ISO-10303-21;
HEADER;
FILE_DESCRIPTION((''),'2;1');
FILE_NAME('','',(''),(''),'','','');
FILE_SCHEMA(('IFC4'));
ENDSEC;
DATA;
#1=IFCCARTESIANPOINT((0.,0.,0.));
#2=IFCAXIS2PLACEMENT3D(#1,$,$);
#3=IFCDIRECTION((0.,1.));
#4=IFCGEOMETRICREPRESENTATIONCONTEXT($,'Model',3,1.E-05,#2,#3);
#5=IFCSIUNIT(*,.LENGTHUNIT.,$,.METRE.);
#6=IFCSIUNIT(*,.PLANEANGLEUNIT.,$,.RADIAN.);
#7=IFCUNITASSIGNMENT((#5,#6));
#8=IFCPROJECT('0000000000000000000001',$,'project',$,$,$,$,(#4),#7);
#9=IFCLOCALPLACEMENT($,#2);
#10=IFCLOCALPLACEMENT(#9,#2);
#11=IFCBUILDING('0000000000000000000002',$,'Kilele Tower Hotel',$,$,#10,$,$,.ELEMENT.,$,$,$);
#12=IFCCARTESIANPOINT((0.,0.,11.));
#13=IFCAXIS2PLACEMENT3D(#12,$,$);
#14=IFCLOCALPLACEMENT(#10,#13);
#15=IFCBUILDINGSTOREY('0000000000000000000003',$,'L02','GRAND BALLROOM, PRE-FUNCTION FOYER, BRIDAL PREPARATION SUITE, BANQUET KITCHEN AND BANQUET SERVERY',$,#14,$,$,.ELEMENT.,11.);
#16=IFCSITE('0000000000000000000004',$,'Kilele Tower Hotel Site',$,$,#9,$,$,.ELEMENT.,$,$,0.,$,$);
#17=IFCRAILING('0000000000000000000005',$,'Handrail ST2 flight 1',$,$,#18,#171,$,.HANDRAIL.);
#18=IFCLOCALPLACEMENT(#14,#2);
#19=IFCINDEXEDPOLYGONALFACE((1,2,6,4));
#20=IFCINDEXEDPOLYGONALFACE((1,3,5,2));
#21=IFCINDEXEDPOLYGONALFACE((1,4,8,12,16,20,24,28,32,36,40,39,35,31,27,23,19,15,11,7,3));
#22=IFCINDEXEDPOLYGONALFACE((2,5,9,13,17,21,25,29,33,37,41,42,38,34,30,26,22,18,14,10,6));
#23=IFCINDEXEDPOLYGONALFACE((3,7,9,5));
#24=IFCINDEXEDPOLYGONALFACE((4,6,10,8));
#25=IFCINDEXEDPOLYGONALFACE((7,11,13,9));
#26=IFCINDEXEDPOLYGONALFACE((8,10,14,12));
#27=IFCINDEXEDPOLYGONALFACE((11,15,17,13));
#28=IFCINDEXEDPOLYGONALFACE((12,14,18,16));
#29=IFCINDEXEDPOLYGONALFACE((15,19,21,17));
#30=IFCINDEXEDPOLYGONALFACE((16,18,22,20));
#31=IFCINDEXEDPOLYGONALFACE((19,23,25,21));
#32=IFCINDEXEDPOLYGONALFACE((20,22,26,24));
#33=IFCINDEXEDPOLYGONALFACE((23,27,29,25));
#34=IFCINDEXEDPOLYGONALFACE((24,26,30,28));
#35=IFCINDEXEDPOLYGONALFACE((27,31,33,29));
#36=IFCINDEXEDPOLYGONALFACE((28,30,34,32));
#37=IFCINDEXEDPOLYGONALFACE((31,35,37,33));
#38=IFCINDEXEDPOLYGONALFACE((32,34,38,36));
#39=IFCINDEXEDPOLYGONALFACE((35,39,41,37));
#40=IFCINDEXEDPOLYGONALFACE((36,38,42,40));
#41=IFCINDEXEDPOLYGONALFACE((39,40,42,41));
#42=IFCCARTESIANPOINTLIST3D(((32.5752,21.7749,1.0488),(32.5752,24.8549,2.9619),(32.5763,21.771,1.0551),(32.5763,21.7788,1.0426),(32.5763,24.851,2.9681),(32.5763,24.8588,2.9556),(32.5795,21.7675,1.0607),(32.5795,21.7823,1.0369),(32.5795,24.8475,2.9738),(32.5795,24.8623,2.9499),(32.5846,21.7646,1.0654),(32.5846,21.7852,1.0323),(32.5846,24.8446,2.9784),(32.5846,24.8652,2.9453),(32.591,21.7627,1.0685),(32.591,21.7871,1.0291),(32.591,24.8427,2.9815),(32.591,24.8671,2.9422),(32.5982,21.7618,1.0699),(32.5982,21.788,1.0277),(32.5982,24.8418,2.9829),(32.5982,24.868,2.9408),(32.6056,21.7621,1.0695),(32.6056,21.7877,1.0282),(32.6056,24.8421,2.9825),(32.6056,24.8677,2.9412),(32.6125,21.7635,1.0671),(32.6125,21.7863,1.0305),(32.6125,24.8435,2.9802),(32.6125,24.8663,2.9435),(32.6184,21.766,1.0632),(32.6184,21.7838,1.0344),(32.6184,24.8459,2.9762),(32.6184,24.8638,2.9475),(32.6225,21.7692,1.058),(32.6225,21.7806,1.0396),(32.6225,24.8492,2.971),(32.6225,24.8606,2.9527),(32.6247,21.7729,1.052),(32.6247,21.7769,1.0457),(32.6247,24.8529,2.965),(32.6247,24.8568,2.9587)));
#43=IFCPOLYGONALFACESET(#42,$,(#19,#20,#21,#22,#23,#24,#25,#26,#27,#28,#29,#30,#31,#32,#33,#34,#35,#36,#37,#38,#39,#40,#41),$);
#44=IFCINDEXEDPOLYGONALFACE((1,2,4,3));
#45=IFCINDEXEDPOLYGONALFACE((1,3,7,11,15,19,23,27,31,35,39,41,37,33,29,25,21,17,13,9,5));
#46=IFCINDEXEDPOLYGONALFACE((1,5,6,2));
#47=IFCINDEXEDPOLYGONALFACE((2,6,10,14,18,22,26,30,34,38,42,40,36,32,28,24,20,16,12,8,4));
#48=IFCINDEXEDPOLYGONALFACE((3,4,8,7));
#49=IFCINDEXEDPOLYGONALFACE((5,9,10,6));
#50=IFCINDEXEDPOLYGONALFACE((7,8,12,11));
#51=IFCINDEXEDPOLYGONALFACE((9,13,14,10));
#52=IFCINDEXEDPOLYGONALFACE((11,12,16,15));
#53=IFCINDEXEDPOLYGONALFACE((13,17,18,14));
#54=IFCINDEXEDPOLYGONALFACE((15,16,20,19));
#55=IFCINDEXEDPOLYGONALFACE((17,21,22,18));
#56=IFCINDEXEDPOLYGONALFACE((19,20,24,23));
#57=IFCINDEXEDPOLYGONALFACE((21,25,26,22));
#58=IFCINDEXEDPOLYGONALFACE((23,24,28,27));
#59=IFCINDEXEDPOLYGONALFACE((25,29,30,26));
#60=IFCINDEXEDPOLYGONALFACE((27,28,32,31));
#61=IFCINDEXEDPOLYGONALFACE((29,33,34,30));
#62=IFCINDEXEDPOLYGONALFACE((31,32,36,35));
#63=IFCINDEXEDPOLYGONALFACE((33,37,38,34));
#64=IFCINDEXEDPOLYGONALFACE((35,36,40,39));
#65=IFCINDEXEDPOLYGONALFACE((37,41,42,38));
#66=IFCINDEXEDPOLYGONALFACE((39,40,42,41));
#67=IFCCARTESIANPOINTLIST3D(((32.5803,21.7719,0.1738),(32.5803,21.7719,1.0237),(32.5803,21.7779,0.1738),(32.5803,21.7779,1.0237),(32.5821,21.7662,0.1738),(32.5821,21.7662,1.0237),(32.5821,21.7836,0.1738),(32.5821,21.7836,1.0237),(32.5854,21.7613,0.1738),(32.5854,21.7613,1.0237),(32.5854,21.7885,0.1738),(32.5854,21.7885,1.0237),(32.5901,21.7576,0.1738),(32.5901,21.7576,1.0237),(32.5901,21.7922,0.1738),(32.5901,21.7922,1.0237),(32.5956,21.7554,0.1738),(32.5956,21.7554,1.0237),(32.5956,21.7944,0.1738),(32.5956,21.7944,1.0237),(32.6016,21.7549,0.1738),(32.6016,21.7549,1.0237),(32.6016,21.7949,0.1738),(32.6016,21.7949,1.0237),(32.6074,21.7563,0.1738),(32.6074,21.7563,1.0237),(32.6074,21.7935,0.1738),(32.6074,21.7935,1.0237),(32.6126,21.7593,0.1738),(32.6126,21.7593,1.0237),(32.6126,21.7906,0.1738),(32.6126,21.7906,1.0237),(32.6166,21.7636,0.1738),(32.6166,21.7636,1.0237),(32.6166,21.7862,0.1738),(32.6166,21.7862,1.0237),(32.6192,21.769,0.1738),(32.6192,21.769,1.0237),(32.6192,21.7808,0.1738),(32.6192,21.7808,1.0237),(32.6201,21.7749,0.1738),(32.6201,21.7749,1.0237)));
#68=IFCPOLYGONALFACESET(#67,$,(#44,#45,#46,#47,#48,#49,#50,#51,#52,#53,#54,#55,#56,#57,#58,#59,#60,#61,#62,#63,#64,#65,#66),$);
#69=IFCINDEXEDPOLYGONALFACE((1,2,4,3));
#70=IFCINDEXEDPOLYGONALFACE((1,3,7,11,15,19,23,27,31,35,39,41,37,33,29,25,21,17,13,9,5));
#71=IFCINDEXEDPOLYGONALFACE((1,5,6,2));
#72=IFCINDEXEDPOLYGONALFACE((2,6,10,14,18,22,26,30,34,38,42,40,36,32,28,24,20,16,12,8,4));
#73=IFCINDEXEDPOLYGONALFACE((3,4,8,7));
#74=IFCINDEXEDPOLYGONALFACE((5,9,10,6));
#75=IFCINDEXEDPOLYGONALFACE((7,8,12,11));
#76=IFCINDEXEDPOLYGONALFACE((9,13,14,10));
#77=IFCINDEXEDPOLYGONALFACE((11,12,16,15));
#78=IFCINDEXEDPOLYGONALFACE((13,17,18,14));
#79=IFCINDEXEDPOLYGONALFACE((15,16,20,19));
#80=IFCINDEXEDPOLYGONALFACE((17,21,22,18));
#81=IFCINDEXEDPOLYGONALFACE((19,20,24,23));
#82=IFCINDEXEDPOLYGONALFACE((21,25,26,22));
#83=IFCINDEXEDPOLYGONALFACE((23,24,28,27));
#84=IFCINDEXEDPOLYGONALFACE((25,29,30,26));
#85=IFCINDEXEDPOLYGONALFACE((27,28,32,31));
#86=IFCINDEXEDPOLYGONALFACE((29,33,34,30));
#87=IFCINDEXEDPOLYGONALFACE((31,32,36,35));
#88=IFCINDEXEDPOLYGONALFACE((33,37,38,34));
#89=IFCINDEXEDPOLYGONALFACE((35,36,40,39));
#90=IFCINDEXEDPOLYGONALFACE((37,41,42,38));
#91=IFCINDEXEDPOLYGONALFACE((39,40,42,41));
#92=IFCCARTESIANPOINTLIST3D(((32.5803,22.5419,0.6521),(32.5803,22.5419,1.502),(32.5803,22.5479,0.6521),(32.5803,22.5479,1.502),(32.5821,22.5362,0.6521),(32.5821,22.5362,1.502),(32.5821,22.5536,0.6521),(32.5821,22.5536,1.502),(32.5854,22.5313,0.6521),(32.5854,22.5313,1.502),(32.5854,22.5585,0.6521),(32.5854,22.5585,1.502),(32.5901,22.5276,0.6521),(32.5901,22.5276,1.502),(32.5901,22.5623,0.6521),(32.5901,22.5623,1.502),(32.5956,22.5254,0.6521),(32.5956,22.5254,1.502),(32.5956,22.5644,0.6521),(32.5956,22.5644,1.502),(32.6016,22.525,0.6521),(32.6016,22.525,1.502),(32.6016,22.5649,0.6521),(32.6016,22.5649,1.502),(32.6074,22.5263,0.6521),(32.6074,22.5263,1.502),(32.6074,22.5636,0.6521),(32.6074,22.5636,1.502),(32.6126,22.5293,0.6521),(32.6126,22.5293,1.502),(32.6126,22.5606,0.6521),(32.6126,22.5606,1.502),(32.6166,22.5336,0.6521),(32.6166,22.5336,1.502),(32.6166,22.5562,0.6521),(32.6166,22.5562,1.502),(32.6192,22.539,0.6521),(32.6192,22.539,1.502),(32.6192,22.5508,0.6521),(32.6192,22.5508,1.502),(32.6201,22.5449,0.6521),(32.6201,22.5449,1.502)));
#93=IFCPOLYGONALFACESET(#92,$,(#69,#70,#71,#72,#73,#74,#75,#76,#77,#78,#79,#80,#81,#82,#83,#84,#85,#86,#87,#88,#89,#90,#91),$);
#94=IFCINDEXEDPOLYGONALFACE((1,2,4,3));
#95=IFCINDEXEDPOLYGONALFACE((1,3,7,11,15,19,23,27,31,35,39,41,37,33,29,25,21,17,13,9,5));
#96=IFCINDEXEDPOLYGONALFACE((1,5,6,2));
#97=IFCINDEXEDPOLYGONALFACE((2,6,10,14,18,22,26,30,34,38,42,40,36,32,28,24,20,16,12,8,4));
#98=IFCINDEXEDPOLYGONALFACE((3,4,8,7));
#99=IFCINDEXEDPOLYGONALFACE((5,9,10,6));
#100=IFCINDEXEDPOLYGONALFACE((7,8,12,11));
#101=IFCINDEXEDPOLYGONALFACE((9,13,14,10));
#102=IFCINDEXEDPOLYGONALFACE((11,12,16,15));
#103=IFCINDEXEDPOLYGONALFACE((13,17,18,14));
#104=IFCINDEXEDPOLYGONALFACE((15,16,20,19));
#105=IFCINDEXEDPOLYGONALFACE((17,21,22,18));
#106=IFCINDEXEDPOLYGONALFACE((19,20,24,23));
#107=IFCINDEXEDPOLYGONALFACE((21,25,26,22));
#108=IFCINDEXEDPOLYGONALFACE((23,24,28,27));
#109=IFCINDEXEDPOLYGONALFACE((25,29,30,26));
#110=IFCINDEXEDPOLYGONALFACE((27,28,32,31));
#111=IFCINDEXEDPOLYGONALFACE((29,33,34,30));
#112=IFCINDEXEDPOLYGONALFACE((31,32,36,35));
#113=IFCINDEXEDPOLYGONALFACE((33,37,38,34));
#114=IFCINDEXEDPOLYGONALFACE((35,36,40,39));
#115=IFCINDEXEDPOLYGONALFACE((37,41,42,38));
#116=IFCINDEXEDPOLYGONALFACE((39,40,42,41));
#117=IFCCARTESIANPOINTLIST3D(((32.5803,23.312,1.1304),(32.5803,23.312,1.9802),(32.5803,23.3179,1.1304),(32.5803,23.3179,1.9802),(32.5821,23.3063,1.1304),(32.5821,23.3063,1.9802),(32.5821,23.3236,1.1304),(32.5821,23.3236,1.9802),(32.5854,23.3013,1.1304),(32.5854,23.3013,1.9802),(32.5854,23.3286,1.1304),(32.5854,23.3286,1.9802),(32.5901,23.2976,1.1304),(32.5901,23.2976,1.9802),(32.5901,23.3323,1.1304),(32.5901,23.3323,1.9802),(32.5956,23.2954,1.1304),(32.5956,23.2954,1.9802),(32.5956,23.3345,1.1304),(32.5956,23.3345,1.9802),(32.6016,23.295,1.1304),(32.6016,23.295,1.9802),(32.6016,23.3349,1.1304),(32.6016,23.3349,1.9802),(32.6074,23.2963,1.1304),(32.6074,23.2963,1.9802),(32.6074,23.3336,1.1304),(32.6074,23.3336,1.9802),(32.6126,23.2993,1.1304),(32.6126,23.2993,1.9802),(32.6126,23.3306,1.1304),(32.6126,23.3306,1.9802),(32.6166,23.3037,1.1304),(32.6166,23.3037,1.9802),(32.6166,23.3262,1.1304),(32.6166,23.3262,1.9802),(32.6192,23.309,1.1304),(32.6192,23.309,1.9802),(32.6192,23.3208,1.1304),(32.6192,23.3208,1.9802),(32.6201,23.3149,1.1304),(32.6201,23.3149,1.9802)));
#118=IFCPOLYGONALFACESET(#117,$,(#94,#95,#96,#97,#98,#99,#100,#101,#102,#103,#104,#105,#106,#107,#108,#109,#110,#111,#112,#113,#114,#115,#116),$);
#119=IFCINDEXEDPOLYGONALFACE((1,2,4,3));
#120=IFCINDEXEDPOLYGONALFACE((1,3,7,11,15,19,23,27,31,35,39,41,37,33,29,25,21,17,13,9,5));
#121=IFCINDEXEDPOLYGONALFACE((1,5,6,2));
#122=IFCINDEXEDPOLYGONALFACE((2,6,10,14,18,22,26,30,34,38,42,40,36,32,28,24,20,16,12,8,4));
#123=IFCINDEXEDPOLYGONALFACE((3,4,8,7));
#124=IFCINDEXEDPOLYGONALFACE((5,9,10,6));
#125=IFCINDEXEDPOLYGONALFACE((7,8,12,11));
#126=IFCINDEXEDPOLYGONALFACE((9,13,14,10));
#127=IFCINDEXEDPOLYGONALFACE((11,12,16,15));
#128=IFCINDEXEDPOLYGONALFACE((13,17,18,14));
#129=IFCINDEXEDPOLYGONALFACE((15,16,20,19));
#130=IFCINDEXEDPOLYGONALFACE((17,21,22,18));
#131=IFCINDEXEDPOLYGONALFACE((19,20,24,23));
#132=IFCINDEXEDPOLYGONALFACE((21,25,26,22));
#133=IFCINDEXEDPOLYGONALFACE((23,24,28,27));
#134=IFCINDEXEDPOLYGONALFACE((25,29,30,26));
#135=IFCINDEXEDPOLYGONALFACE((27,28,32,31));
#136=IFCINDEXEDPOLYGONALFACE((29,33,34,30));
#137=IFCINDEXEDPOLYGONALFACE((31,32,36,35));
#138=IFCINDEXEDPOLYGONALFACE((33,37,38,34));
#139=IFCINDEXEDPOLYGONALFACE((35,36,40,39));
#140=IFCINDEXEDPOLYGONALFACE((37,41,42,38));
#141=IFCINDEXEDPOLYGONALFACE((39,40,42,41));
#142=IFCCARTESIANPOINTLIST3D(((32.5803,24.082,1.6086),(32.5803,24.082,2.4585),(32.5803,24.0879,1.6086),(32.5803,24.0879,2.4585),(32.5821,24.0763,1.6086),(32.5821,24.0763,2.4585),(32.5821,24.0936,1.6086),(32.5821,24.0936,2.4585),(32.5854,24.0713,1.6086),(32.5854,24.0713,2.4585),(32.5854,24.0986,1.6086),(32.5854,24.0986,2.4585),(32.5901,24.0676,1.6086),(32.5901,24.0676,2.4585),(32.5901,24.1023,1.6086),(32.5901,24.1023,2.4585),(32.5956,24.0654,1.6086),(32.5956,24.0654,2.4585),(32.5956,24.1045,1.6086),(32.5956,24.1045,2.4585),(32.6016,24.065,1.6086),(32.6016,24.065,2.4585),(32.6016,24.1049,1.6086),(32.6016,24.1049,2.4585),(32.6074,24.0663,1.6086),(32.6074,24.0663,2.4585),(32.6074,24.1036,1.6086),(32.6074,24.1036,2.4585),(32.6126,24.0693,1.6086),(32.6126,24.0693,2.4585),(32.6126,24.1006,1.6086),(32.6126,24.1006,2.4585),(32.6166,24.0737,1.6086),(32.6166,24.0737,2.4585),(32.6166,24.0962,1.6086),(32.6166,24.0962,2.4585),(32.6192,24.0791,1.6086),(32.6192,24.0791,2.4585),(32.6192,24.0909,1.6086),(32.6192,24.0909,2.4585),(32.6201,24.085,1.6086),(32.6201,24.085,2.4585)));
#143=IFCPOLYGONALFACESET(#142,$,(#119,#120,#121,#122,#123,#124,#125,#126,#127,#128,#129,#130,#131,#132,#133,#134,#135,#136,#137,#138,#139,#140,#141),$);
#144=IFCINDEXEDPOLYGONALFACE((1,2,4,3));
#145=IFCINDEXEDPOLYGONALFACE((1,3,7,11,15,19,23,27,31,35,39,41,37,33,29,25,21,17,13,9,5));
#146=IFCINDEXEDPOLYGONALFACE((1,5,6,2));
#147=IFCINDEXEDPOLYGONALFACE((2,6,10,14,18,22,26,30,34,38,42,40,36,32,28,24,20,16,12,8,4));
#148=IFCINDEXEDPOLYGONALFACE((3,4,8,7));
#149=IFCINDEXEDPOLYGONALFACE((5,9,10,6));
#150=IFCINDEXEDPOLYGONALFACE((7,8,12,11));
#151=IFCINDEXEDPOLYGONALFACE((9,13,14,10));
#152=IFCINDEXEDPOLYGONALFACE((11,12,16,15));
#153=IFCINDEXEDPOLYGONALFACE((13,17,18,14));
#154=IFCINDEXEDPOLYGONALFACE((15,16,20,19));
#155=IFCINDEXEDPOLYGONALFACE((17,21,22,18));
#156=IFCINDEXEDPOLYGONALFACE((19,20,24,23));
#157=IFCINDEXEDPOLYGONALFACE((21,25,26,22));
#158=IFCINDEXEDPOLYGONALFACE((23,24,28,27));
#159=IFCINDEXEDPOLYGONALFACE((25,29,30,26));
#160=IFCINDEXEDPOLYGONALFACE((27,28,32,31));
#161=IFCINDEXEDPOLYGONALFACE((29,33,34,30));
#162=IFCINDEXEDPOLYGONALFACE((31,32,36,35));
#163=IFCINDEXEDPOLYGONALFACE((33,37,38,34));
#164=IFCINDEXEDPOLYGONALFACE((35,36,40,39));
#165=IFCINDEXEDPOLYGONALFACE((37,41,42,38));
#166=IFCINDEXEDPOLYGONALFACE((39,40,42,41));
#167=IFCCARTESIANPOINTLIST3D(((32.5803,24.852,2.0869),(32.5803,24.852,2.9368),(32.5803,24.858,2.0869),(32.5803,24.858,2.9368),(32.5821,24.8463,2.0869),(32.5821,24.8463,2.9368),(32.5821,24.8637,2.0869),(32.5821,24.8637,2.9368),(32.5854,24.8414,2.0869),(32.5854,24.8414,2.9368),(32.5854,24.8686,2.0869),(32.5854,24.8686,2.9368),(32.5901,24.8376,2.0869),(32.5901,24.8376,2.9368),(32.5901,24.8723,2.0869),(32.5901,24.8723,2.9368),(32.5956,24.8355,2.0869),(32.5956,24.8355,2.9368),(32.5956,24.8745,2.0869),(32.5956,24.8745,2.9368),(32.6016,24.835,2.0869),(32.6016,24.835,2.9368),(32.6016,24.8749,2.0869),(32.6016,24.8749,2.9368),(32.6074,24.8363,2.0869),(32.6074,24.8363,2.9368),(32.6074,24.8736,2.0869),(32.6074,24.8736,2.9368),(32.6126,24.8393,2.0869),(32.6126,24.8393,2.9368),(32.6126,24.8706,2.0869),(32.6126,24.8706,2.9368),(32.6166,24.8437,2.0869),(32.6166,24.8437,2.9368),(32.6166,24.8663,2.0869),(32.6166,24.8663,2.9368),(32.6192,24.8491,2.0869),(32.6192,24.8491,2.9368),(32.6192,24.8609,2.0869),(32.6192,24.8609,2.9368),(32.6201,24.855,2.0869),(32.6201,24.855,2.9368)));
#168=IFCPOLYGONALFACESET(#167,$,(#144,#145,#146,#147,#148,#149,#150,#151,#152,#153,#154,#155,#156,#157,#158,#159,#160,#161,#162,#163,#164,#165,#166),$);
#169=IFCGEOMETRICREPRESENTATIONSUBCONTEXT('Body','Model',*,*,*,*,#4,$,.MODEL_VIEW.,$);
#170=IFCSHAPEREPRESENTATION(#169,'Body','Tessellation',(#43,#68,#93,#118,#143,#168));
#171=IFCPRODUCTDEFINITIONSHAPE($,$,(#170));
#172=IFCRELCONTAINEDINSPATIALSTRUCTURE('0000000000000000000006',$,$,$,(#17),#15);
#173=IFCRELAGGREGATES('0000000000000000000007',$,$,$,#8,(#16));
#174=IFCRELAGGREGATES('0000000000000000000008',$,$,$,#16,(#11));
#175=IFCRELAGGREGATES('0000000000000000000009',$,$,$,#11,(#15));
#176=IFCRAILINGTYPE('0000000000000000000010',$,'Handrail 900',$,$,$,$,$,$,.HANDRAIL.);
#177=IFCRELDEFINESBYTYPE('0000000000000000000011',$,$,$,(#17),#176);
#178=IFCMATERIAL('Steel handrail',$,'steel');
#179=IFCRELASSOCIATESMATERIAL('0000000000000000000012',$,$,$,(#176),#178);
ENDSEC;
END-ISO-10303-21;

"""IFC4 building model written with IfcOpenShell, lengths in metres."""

from ifc_helpers import new_model, si_unit, direction, frame, origin, origin_2d, place, context, subcontext, project, spatial, circle, extrude, material, type_object, element, save


model = new_model("IFC4")

# Units and contexts
model_context = context("Model", 3, precision=1e-05, world=origin(), true_north=direction((0.0, 1.0)))
body_context = subcontext(model_context, "Body", "Model", "MODEL_VIEW")
ifc_project = project(units=[si_unit("LENGTHUNIT", "METRE"), si_unit("PLANEANGLEUNIT", "RADIAN")], contexts=[model_context])

# Site, building, storey
site_placement = place(None, origin())
site = spatial("IfcSite", under=ifc_project, at=site_placement, Name="Kilele Tower Hotel Site", CompositionType="ELEMENT", RefElevation=0.0)
building_placement = place(site_placement, origin())
building = spatial("IfcBuilding", under=site, at=building_placement, Name="Kilele Tower Hotel", CompositionType="ELEMENT")
storey_placement = place(building_placement, frame((0.0, 0.0, 11.0)))
storey = spatial("IfcBuildingStorey", under=building, at=storey_placement, Name="L02", Description="GRAND BALLROOM, PRE-FUNCTION FOYER, BRIDAL PREPARATION SUITE, BANQUET KITCHEN AND BANQUET SERVERY", CompositionType="ELEMENT", Elevation=11.0)

# Railing
ifc_material_1 = material(Name="Steel handrail", Category="steel")
railing_type = type_object("IfcRailingType", Name="Handrail 900", PredefinedType="HANDRAIL", material=ifc_material_1)
railing_1_placement = place(storey_placement, frame((32.6001, 21.7749, 0.1738)))
element("IfcRailing", 1, at=railing_1_placement, inside=storey, type_object=railing_type, Name="Handrail ST2 flight 1", PredefinedType="HANDRAIL", context=body_context, shape_type="SweptSolid", body=[
    extrude(circle(Radius=0.0249, at=origin_2d()), frame((0.0, 0.0, 0.875), z_axis=(0.0, 0.849478, 0.527624), x_axis=(-1.0, 0.0, 0.0)), (0.0, 0.0, 1.0), 3.6257),
    extrude(circle(Radius=0.02, at=origin_2d()), origin(), (0.0, 0.0, 1.0), 0.8499),
    extrude(circle(Radius=0.02, at=origin_2d()), frame((0.0, 0.77, 0.4783)), (0.0, 0.0, 1.0), 0.8499),
    extrude(circle(Radius=0.02, at=origin_2d()), frame((0.0, 1.54, 0.9565)), (0.0, 0.0, 1.0), 0.8499),
    extrude(circle(Radius=0.02, at=origin_2d()), frame((0.0, 2.3101, 1.4348)), (0.0, 0.0, 1.0), 0.8499),
    extrude(circle(Radius=0.02, at=origin_2d()), frame((0.0, 3.0801, 1.9131)), (0.0, 0.0, 1.0), 0.8499),
])

save(model, "model.ifc")
